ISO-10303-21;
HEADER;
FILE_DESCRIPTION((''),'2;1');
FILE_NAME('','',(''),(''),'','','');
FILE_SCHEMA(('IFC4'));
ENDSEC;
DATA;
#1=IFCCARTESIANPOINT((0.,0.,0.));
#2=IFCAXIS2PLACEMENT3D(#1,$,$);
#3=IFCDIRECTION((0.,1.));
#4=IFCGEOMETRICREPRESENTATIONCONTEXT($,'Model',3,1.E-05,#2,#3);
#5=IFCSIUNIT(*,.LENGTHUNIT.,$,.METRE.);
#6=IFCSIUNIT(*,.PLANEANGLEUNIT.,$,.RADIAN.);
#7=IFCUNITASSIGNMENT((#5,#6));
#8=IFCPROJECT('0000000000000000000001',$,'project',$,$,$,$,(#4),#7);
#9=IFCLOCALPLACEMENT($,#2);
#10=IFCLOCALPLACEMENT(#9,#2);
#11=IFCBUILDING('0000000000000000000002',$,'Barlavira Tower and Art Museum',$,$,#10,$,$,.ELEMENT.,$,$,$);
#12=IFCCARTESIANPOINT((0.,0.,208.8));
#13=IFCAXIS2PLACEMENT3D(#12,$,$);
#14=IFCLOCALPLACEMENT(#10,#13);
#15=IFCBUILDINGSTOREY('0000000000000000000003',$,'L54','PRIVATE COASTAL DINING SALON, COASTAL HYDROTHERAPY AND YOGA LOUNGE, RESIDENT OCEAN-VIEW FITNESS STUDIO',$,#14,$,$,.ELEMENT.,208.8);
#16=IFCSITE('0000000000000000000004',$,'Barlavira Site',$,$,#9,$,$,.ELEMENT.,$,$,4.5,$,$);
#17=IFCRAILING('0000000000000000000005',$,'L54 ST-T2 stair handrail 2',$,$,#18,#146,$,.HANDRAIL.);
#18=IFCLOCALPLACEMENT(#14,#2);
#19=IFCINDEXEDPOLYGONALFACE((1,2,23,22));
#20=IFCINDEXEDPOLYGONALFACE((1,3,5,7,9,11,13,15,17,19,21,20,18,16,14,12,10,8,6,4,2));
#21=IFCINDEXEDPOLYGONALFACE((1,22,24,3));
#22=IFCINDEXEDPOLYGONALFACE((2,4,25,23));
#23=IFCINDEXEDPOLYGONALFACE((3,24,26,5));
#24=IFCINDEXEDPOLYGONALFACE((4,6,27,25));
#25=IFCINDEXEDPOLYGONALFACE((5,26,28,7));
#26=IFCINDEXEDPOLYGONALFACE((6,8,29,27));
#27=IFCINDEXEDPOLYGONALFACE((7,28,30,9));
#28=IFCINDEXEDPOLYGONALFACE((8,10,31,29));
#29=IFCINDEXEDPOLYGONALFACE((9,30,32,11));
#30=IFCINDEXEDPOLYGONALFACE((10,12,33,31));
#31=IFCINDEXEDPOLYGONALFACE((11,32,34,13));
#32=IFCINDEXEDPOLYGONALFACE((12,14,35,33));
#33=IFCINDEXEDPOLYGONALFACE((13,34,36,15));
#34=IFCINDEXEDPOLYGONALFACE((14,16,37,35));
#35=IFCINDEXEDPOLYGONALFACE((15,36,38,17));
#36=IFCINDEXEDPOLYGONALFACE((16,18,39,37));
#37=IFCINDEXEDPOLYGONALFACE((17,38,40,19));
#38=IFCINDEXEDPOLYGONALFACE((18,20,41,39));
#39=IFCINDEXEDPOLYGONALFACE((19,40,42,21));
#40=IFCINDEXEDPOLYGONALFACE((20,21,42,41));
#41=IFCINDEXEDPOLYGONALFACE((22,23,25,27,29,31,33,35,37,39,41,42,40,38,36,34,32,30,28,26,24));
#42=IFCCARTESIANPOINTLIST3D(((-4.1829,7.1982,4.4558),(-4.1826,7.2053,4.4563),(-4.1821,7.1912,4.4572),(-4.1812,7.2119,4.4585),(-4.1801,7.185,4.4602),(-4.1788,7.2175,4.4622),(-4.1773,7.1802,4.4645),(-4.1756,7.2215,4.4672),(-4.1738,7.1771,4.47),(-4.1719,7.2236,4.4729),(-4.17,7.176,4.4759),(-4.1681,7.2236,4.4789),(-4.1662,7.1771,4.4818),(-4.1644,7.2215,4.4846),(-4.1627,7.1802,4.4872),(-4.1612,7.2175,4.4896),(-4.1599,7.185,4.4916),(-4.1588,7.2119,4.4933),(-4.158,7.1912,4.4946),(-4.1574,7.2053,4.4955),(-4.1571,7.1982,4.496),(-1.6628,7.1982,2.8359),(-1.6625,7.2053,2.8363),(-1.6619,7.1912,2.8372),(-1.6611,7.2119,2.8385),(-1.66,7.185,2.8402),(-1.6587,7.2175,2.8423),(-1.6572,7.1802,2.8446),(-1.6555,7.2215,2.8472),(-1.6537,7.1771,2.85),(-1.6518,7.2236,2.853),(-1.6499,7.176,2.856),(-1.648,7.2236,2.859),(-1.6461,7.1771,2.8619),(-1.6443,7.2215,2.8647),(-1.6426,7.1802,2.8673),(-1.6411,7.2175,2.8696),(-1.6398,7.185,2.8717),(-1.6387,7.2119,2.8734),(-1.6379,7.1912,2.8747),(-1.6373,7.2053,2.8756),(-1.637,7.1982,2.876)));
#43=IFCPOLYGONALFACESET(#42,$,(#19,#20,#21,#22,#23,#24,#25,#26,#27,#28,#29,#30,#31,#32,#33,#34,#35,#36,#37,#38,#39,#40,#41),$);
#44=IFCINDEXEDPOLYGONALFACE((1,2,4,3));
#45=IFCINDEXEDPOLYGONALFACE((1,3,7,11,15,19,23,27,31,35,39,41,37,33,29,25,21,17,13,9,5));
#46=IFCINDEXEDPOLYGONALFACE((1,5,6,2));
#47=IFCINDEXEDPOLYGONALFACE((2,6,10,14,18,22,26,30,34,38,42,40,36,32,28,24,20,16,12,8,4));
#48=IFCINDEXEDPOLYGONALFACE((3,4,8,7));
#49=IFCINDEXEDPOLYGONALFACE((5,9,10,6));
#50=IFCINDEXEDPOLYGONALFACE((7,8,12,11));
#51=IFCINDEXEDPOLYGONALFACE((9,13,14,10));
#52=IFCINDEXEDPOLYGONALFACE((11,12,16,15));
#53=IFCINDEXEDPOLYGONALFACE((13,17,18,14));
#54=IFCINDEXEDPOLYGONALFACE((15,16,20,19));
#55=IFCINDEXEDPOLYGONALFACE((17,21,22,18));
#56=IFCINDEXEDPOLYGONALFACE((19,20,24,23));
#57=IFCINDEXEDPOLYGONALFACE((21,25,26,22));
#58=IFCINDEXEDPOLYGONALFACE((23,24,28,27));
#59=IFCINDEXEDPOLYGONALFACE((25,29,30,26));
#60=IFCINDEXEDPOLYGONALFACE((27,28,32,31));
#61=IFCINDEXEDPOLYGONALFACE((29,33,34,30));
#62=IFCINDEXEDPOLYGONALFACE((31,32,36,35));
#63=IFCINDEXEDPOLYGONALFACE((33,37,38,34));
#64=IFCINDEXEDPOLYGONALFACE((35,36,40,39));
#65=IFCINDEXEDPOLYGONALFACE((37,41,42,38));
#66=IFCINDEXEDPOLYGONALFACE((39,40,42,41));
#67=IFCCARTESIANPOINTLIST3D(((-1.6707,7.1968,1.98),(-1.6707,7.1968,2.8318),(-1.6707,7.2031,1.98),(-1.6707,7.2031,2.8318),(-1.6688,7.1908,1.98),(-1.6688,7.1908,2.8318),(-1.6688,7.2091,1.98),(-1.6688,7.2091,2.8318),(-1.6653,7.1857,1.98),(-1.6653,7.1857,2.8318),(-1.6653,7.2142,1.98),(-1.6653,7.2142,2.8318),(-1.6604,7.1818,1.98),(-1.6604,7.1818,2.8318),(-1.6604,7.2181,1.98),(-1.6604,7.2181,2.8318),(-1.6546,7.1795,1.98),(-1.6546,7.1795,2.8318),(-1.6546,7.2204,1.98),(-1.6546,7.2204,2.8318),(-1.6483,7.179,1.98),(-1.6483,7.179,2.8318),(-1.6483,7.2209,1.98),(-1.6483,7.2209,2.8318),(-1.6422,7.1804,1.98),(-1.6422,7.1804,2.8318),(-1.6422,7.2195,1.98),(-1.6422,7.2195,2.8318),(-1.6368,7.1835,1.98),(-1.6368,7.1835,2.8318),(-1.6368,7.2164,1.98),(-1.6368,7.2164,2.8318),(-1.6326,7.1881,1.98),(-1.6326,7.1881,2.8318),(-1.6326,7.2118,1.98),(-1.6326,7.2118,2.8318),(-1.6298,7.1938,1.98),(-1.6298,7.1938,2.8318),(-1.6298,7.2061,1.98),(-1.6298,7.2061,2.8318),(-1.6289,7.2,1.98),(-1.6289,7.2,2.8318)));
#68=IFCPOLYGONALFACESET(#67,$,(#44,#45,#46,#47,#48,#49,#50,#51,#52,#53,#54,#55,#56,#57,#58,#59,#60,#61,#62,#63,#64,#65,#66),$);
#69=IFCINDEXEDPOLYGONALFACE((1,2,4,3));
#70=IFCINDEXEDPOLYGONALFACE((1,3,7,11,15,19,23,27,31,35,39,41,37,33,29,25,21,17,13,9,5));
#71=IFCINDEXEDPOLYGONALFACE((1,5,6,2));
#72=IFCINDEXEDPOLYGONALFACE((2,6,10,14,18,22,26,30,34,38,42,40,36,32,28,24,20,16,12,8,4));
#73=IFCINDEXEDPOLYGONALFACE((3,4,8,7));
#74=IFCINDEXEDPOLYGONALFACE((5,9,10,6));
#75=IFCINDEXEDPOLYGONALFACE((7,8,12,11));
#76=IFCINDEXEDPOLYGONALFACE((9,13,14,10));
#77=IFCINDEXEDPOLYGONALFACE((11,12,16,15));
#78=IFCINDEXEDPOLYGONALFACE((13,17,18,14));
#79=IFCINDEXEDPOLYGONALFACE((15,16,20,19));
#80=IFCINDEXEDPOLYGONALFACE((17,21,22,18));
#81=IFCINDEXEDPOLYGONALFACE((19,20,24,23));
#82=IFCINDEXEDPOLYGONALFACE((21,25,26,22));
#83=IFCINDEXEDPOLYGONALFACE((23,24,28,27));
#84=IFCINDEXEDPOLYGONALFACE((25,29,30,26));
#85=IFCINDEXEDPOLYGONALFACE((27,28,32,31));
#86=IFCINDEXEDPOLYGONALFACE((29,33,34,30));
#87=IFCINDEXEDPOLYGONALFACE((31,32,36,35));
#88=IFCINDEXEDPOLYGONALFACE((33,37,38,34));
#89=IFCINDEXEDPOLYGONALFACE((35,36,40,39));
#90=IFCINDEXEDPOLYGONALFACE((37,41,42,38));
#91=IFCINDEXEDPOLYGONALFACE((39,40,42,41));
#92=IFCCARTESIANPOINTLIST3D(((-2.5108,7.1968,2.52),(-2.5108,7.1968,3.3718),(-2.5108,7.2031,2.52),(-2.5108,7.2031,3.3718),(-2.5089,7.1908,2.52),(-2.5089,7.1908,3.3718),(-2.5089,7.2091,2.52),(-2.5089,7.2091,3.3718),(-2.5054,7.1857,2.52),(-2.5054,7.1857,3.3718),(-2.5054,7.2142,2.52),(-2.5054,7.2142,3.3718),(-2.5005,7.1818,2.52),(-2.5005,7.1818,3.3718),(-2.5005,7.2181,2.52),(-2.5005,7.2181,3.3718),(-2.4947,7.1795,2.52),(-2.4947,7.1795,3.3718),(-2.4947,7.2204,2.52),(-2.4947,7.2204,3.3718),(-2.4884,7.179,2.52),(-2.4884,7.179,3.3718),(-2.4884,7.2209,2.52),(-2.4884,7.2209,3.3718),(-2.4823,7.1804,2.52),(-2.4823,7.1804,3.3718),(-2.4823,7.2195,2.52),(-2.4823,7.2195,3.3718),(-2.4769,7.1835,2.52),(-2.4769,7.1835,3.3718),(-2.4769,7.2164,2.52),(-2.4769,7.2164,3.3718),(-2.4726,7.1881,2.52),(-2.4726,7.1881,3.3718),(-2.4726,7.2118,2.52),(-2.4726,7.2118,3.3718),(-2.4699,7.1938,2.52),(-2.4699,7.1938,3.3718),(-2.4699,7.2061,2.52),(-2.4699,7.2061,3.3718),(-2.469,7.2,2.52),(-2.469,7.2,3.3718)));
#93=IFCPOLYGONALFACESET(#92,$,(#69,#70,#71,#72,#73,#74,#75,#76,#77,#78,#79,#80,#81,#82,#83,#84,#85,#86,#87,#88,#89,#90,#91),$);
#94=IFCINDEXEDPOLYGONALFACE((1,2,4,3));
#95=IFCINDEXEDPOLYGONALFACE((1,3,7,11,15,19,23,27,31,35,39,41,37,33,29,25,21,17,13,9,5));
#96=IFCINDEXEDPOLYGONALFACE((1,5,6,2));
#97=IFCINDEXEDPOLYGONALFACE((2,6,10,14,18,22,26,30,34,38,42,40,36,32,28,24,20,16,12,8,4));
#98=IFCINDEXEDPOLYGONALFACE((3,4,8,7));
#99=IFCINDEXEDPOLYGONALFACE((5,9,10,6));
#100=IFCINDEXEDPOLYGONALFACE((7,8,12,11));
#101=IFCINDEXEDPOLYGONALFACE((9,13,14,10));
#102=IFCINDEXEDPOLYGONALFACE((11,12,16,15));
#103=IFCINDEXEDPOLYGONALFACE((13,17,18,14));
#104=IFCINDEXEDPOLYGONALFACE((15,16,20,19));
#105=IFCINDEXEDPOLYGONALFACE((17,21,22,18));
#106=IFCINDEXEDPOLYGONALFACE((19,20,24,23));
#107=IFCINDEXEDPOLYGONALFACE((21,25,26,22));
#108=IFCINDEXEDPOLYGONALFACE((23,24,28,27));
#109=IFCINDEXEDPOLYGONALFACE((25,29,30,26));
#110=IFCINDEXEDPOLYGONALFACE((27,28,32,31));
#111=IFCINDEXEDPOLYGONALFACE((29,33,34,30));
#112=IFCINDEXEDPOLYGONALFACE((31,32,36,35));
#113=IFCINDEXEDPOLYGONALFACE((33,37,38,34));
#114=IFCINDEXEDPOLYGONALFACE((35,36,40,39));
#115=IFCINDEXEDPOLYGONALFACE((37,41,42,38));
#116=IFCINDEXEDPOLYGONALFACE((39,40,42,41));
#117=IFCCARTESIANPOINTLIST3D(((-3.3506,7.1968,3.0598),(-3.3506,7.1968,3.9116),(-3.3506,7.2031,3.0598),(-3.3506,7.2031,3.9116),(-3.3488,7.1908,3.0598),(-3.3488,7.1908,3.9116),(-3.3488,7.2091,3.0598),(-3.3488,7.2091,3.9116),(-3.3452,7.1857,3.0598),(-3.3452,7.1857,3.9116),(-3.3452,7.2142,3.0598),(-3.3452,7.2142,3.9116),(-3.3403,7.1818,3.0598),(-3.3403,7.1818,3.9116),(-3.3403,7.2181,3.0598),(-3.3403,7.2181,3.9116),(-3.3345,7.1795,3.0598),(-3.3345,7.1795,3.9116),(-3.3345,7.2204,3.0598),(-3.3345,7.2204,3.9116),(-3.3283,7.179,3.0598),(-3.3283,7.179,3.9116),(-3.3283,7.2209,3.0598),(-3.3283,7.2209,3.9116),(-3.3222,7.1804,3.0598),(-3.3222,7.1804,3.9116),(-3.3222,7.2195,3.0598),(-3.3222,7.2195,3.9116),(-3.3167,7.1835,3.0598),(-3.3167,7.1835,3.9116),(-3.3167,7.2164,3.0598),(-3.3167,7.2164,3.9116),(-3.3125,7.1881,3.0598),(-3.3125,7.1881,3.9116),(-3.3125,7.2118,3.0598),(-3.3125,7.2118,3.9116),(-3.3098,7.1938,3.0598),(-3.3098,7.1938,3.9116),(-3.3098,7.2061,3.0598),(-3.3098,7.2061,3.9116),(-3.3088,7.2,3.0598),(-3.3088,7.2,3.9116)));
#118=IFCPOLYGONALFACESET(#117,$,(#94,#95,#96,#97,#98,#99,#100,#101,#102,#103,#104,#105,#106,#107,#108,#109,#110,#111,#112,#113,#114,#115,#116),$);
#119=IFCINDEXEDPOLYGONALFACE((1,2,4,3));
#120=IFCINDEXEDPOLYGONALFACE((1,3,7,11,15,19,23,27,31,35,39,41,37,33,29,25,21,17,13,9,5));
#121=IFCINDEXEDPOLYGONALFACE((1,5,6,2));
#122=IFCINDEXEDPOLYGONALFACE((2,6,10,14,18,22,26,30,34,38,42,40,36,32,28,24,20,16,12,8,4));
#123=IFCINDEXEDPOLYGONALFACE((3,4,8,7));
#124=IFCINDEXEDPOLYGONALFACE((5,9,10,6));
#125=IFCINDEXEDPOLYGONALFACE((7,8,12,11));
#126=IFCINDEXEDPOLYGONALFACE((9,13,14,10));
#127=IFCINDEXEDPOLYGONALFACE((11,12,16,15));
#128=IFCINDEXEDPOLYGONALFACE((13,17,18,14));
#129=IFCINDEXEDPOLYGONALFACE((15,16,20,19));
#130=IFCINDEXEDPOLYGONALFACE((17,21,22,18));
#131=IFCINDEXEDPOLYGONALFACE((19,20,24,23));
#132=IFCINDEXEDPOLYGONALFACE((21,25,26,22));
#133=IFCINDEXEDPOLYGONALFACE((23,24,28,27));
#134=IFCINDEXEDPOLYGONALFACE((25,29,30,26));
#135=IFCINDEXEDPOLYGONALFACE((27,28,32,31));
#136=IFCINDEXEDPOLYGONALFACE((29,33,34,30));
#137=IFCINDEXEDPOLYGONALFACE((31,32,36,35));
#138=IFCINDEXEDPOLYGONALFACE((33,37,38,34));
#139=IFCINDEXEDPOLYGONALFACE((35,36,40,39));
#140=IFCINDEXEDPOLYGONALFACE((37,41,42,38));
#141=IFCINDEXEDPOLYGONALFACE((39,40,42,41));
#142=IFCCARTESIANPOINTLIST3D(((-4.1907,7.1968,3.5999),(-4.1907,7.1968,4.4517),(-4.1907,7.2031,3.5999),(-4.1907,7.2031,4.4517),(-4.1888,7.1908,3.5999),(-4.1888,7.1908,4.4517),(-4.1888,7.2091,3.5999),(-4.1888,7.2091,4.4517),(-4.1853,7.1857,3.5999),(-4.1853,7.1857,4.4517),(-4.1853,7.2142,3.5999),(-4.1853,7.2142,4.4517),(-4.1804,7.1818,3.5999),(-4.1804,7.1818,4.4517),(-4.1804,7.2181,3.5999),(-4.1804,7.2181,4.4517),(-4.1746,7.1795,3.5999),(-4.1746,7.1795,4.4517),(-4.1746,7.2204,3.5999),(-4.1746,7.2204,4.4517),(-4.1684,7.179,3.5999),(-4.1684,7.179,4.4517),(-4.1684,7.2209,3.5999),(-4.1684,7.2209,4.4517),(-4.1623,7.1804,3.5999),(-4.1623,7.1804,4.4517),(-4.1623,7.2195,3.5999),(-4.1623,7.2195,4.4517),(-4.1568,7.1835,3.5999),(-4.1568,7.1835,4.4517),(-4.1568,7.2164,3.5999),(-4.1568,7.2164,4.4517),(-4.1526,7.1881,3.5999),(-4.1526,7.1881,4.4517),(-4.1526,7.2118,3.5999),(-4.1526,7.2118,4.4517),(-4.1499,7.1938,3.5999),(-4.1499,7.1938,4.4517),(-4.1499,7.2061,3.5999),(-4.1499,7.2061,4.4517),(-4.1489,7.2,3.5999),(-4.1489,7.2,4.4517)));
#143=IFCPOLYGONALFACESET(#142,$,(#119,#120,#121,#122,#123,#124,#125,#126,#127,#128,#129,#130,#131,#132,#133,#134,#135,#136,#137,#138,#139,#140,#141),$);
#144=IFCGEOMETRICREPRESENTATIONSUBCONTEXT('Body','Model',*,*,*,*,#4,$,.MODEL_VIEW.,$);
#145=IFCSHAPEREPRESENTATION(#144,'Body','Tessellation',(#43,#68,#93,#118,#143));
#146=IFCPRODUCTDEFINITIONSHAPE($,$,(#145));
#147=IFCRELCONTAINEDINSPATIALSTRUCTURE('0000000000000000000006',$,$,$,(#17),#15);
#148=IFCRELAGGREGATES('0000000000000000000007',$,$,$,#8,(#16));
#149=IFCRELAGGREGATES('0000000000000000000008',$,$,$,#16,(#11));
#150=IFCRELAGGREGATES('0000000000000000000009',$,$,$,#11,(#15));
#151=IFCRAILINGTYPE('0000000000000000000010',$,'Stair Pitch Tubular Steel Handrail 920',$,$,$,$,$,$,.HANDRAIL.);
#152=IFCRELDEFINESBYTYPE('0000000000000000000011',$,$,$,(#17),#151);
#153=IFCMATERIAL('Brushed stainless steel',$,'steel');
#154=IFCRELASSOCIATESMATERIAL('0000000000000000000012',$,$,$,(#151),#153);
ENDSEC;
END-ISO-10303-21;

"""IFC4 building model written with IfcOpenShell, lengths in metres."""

from ifc_helpers import new_model, si_unit, direction, frame, origin, origin_2d, place, context, subcontext, project, spatial, circle, extrude, material, type_object, element, save


model = new_model("IFC4")

# Units and contexts
model_context = context("Model", 3, precision=1e-05, world=origin(), true_north=direction((0.0, 1.0)))
body_context = subcontext(model_context, "Body", "Model", "MODEL_VIEW")
ifc_project = project(units=[si_unit("LENGTHUNIT", "METRE"), si_unit("PLANEANGLEUNIT", "RADIAN")], contexts=[model_context])

# Site, building, storey
site_placement = place(None, origin())
site = spatial("IfcSite", under=ifc_project, at=site_placement, Name="Barlavira Site", CompositionType="ELEMENT", RefElevation=4.5)
building_placement = place(site_placement, origin())
building = spatial("IfcBuilding", under=site, at=building_placement, Name="Barlavira Tower and Art Museum", CompositionType="ELEMENT")
storey_placement = place(building_placement, frame((0.0, 0.0, 208.8)))
storey = spatial("IfcBuildingStorey", under=building, at=storey_placement, Name="L54", Description="PRIVATE COASTAL DINING SALON, COASTAL HYDROTHERAPY AND YOGA LOUNGE, RESIDENT OCEAN-VIEW FITNESS STUDIO", CompositionType="ELEMENT", Elevation=208.8)

# Shared definitions
ifc_material_1 = material(Name="Brushed stainless steel", Category="steel")

# Railing
railing_type_1 = type_object("IfcRailingType", Name="Stair Pitch Tubular Steel Handrail 920", PredefinedType="HANDRAIL", material=ifc_material_1)
railing_1_placement = place(storey_placement, frame((-1.6499, 7.2, 1.98)))
element("IfcRailing", 1, at=railing_1_placement, inside=storey, type_object=railing_type_1, Name="L54 ST-T2 stair handrail 2", PredefinedType="HANDRAIL", context=body_context, shape_type="SweptSolid", body=[
    extrude(circle(Radius=0.0239, at=origin_2d()), frame((0.0, 0.0, 0.876), z_axis=(-0.8412, 0.0, 0.540725), x_axis=(0.0, -1.0, 0.0)), (0.0, 0.0, 1.0), 2.9958),
    extrude(circle(Radius=0.021, at=origin_2d()), origin(), (0.0, 0.0, 1.0), 0.8518),
    extrude(circle(Radius=0.021, at=origin_2d()), frame((-0.8401, 0.0, 0.54)), (0.0, 0.0, 1.0), 0.8518),
    extrude(circle(Radius=0.021, at=origin_2d()), frame((-1.6799, 0.0, 1.0798)), (0.0, 0.0, 1.0), 0.8518),
    extrude(circle(Radius=0.021, at=origin_2d()), frame((-2.52, 0.0, 1.6199)), (0.0, 0.0, 1.0), 0.8518),
])

save(model, "model.ifc")
